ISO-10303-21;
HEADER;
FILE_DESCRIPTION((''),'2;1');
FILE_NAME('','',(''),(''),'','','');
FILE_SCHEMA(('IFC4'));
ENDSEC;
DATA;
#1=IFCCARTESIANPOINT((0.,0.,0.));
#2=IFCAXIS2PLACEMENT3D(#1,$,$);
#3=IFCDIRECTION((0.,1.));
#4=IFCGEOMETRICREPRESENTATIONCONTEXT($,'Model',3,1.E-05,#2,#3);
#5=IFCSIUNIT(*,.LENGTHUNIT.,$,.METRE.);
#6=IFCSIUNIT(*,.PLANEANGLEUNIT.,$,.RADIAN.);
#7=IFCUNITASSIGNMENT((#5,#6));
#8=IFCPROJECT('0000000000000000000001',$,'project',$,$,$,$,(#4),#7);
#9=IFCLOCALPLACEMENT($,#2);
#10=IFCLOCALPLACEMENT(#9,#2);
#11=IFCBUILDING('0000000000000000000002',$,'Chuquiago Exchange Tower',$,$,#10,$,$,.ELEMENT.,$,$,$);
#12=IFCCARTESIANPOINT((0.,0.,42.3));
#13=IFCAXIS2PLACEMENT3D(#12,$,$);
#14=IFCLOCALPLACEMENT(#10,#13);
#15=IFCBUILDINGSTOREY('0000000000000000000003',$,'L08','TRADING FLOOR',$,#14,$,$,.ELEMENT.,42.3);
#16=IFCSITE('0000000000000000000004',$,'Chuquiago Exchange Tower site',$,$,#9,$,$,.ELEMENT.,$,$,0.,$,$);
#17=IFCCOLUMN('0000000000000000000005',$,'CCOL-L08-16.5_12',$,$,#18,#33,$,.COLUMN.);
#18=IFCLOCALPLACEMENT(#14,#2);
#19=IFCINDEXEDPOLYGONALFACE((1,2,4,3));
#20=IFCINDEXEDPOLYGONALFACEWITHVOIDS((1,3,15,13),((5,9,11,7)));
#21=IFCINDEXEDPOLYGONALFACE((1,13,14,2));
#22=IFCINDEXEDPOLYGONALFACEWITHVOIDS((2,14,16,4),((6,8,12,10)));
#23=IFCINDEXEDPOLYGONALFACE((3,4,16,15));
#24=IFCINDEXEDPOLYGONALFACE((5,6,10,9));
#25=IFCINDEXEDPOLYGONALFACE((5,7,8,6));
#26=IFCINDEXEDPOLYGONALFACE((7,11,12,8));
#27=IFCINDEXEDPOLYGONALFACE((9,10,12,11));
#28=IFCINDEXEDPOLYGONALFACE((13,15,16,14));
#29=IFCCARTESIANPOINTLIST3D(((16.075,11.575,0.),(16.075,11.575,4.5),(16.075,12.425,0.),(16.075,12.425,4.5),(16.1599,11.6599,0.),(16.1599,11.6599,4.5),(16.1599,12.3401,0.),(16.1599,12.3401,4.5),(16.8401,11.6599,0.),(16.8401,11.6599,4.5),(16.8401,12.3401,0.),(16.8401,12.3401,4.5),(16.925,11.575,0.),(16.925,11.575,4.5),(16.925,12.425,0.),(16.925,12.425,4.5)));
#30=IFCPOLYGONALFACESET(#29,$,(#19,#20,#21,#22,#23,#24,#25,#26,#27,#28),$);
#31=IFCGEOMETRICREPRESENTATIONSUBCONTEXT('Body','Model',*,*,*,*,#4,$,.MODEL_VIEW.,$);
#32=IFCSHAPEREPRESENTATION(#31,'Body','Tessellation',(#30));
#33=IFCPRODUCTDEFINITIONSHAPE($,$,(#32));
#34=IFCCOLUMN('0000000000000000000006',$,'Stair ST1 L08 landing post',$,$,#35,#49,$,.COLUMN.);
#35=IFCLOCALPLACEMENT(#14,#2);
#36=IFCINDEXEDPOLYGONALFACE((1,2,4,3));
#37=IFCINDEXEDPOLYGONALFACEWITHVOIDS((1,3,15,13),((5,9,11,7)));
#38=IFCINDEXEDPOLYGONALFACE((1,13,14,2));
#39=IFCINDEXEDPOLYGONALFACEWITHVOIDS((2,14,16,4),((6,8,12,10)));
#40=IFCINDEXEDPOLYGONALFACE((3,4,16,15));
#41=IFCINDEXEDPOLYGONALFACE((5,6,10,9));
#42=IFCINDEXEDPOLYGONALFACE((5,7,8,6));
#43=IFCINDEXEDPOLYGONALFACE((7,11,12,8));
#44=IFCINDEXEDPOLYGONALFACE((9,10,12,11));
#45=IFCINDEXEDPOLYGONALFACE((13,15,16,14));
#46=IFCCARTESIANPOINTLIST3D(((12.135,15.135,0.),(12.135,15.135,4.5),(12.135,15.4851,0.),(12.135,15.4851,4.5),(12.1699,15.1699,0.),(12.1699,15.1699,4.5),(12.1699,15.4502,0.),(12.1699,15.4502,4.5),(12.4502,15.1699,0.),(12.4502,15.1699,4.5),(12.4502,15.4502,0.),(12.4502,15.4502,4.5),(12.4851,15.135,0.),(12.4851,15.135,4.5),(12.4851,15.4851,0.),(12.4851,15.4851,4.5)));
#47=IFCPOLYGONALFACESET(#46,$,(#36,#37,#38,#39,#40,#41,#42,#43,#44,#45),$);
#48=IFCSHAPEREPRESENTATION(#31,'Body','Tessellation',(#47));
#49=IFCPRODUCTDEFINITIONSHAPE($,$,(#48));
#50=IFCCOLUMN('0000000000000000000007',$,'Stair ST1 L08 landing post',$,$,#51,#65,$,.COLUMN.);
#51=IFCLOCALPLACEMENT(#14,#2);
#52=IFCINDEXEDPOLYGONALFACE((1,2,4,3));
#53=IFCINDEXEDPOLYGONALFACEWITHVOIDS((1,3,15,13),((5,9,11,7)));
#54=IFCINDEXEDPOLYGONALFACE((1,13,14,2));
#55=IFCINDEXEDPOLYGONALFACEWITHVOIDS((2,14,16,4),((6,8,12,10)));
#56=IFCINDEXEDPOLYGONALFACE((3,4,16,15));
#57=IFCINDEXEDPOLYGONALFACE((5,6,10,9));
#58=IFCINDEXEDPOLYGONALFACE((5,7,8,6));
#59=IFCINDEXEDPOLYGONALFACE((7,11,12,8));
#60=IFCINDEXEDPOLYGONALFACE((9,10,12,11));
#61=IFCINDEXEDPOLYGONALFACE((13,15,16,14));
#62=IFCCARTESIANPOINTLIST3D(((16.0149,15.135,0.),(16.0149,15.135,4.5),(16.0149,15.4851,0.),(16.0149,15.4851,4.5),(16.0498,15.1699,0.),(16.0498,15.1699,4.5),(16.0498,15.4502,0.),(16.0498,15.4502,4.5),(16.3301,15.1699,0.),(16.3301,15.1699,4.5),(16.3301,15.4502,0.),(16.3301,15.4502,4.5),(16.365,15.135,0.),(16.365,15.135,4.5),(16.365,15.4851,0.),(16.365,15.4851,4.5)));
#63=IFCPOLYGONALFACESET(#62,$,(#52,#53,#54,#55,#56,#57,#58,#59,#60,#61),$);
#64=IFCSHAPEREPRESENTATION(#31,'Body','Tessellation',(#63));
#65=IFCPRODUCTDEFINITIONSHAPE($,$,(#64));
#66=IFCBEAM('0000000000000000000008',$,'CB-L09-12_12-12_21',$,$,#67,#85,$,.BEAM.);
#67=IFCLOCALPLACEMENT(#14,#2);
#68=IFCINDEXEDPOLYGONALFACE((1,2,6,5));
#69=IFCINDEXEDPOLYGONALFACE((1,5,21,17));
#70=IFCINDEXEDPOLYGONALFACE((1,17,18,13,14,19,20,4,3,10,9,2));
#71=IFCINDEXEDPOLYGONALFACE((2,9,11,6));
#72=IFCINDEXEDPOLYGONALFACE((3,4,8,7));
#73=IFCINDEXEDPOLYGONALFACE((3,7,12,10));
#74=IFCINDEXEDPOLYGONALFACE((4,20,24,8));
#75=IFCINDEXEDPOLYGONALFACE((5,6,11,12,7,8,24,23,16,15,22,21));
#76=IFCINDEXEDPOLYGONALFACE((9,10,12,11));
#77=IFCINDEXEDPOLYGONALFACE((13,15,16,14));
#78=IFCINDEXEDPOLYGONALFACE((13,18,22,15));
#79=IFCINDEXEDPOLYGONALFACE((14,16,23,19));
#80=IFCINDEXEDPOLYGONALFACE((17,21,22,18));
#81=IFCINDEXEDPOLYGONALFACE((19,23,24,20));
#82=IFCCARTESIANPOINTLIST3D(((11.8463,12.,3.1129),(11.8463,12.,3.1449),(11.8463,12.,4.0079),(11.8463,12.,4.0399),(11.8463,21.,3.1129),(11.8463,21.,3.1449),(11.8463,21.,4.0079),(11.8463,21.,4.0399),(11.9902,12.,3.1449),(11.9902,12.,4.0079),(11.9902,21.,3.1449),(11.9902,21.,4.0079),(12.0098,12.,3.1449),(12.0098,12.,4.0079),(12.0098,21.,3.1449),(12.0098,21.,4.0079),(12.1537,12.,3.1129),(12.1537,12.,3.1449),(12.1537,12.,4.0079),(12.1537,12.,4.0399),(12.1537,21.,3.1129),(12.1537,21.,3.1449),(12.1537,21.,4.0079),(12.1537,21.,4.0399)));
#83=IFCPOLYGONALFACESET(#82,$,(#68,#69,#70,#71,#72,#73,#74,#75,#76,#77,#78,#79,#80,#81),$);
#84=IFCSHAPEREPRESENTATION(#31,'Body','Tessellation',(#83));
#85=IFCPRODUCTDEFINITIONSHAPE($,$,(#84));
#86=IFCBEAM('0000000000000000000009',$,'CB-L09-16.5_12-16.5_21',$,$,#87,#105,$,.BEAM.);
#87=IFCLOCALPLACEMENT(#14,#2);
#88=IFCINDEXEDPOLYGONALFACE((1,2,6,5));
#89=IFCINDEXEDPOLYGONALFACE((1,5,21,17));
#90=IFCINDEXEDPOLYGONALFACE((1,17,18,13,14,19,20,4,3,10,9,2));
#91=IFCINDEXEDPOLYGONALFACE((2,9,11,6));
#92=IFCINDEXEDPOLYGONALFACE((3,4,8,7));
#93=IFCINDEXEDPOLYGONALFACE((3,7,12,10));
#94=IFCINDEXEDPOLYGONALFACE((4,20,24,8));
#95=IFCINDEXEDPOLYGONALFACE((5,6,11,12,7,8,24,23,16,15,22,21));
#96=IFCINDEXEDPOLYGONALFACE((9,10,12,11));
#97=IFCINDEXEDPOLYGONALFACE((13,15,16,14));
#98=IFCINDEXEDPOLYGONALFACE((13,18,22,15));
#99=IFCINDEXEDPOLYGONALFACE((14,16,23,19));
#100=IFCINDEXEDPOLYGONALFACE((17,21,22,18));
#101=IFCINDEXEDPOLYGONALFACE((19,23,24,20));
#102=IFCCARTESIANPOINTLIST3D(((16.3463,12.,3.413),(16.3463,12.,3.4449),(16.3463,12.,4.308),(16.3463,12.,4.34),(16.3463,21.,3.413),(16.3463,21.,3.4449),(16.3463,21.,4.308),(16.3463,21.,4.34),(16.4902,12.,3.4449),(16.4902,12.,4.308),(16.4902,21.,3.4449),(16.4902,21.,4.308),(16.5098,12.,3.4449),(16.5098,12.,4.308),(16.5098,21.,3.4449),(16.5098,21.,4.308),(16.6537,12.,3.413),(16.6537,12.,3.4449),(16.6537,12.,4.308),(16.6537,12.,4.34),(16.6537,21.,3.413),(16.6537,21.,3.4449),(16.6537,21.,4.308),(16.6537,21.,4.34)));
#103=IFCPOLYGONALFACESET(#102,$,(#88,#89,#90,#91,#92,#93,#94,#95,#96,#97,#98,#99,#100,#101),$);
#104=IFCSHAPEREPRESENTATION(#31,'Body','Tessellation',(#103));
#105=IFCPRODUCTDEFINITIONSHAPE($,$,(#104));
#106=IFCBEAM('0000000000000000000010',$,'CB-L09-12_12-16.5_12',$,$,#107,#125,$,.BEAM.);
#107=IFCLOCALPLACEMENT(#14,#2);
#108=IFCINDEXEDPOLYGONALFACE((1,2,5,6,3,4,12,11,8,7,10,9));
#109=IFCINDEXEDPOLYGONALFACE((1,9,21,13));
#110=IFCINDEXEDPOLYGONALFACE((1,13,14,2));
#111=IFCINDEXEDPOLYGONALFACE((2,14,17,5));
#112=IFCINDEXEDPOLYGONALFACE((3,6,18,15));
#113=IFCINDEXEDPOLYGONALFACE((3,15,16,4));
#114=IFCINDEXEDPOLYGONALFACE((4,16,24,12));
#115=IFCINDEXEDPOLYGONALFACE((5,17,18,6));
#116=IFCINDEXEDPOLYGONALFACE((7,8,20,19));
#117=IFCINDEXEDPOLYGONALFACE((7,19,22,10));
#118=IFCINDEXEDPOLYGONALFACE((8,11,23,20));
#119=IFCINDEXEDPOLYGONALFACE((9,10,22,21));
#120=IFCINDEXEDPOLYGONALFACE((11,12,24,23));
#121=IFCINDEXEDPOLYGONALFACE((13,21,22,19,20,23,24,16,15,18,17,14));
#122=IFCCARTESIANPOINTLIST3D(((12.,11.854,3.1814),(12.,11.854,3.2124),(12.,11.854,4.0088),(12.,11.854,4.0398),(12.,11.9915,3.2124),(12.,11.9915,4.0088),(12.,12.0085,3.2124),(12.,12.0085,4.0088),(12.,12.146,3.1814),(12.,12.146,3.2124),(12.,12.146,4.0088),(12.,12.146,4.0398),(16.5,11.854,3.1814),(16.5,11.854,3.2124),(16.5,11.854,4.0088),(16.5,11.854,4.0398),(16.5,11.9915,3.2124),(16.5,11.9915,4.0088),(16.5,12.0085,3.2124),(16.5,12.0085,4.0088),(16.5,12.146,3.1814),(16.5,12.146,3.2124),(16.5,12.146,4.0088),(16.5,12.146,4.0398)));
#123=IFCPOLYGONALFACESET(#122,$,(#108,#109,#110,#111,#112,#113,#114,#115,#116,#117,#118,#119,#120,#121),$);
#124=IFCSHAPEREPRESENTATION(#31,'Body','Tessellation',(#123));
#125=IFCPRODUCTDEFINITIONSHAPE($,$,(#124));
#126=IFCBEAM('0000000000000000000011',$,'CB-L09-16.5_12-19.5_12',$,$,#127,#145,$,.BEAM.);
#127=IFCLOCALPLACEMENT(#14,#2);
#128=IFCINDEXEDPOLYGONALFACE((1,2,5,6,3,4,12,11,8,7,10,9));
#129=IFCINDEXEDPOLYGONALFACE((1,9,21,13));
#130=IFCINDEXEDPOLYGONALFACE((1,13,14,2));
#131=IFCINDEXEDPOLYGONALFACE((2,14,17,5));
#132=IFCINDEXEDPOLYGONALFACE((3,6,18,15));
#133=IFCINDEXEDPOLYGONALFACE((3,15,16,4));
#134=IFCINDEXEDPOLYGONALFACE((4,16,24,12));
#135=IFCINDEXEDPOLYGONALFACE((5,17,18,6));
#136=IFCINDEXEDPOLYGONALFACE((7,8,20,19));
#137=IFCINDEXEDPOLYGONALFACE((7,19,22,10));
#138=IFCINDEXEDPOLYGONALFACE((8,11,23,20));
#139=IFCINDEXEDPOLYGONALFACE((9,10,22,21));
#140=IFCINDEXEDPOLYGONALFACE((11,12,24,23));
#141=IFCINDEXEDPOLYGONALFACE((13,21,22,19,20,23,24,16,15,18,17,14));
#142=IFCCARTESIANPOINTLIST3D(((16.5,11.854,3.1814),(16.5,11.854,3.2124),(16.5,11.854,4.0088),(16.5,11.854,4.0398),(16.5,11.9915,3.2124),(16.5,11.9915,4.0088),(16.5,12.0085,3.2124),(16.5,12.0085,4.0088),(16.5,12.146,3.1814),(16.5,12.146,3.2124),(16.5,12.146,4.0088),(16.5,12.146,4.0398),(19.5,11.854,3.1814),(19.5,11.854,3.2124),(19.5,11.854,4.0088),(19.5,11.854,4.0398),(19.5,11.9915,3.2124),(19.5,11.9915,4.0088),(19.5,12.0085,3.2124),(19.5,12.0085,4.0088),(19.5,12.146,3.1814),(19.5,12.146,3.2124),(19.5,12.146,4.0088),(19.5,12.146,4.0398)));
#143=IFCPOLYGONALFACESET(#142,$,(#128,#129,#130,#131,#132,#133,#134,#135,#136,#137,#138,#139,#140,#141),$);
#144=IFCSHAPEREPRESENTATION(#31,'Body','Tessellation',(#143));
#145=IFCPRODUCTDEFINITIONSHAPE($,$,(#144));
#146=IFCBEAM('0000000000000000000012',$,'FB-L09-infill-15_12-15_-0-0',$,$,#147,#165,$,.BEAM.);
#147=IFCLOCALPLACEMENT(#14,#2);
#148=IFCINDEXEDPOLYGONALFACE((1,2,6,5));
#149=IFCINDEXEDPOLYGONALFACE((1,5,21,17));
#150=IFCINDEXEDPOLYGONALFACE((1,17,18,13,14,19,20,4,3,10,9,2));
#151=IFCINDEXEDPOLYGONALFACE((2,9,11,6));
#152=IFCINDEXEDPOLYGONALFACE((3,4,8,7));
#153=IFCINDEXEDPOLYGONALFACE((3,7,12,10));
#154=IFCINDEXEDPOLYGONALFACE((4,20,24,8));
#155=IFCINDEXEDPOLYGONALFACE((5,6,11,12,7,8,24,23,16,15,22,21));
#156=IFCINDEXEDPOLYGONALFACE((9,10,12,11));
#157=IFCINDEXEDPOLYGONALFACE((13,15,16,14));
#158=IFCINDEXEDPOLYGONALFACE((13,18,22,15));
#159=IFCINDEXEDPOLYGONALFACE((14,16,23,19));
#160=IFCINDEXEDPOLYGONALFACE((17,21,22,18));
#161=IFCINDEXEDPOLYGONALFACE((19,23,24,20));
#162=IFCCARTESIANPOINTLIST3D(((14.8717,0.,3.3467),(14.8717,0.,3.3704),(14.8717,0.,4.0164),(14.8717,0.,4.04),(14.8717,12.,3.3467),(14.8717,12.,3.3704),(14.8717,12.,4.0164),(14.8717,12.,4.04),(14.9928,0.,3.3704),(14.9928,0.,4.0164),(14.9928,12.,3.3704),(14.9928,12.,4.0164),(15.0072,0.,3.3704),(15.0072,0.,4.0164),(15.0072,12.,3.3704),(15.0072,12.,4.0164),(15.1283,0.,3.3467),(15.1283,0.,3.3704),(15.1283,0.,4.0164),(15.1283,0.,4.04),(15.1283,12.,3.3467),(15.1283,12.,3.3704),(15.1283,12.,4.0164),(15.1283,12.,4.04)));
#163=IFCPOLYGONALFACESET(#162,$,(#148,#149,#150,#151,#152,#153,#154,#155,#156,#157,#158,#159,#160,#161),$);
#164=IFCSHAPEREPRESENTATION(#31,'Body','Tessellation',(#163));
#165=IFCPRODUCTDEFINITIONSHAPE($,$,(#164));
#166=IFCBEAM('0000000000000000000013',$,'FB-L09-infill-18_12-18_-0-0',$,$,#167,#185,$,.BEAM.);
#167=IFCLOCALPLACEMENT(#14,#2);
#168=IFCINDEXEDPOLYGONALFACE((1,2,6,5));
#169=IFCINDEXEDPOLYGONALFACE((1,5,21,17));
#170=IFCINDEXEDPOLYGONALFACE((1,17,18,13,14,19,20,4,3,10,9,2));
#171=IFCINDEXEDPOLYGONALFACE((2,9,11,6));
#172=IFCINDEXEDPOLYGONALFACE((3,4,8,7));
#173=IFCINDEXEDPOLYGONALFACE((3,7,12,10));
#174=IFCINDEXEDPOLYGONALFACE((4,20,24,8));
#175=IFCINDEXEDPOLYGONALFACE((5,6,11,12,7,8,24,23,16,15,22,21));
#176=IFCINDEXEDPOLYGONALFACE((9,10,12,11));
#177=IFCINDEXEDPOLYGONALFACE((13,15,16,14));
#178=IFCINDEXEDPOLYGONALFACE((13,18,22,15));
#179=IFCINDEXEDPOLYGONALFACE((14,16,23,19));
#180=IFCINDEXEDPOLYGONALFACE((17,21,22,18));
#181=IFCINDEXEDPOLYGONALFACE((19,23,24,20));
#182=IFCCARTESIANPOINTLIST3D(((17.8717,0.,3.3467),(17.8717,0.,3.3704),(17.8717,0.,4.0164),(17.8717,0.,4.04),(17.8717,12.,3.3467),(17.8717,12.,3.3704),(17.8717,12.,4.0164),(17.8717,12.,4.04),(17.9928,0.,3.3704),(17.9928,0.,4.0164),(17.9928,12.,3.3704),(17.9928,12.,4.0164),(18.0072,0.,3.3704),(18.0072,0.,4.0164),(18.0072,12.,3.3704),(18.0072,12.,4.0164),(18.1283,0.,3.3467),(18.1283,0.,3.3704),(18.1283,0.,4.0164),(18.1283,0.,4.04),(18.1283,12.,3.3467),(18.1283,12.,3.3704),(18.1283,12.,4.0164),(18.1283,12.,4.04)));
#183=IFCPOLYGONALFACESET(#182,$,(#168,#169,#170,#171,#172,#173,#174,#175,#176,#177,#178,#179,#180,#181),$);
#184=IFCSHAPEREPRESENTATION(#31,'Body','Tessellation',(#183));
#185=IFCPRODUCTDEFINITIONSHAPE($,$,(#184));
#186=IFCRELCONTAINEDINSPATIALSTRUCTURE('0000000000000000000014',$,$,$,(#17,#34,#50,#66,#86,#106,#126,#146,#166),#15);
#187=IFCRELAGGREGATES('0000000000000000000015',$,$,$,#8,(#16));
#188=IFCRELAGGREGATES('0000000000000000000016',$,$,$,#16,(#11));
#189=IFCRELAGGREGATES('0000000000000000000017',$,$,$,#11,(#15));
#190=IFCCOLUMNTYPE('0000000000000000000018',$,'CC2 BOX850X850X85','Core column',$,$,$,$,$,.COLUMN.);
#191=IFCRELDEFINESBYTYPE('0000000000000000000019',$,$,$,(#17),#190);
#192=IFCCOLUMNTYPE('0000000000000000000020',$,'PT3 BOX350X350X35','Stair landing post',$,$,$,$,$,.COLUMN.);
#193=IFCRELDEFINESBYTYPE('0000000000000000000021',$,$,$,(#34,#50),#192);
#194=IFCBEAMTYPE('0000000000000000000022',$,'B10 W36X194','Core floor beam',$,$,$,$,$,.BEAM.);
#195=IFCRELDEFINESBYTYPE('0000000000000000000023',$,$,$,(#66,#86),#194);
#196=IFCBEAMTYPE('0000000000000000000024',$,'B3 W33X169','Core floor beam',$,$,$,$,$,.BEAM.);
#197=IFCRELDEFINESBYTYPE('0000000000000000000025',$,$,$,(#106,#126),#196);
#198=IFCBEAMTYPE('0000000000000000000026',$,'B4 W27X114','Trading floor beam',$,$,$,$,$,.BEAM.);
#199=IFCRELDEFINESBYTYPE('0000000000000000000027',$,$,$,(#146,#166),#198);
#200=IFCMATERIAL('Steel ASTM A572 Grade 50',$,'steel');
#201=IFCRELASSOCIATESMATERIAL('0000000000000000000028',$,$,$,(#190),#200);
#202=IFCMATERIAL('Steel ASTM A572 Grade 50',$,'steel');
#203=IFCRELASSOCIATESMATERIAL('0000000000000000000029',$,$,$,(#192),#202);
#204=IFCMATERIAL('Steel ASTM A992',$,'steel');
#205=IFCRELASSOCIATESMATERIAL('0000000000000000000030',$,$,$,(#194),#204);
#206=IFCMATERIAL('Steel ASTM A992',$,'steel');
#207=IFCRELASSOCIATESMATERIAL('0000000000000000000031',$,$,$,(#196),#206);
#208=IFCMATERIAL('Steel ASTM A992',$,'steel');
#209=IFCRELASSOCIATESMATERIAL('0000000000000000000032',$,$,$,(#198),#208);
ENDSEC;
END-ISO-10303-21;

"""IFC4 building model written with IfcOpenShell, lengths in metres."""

from ifc_helpers import new_model, si_unit, direction, frame, origin, origin_2d, place, context, subcontext, project, spatial, hollow_rectangle, i_section, extrude, material, material_profile, profile_set, type_object, element, save


model = new_model("IFC4")

# Units and contexts
model_context = context("Model", 3, precision=1e-05, world=origin(), true_north=direction((0.0, 1.0)))
body_context = subcontext(model_context, "Body", "Model", "MODEL_VIEW")
ifc_project = project(units=[si_unit("LENGTHUNIT", "METRE"), si_unit("PLANEANGLEUNIT", "RADIAN")], contexts=[model_context])

# Site, building, storey
site_placement = place(None, origin())
site = spatial("IfcSite", under=ifc_project, at=site_placement, Name="Chuquiago Exchange Tower site", CompositionType="ELEMENT", RefElevation=0.0)
building_placement = place(site_placement, origin())
building = spatial("IfcBuilding", under=site, at=building_placement, Name="Chuquiago Exchange Tower", CompositionType="ELEMENT")
storey_placement = place(building_placement, frame((0.0, 0.0, 42.3)))
storey = spatial("IfcBuildingStorey", under=building, at=storey_placement, Name="L08", Description="TRADING FLOOR", CompositionType="ELEMENT", Elevation=42.3)

# Columns
ifc_material_1 = material(Name="Steel ASTM A572 Grade 50", Category="steel")
ifc_material_profile_1 = material_profile(ifc_material_1, hollow_rectangle(XDim=0.8501, YDim=0.8501, WallThickness=0.085, at=origin_2d()), Name="BOX850X850X85")
ifc_profile_set_1 = profile_set([ifc_material_profile_1], Name="Steel ASTM A572 Grade 50")
column_type_1 = type_object("IfcColumnType", Name="CC2 BOX850X850X85", Description="Core column", PredefinedType="COLUMN", material=ifc_profile_set_1)
column_placement = place(storey_placement, frame((16.5, 12.0, 0.0), z_axis=(0.0, 0.0, 1.0), x_axis=(1.0, 0.0, 0.0)))
element("IfcColumn", 1, at=column_placement, inside=storey, type_object=column_type_1, Name="CCOL-L08-16.5_12", PredefinedType="COLUMN", context=body_context, shape_type="SweptSolid", body=[
    extrude(hollow_rectangle(XDim=0.8501, YDim=0.8501, WallThickness=0.085, at=origin_2d()), origin(), (0.0, 0.0, 1.0), 4.5),
])
ifc_material_2 = material(Name="Steel ASTM A572 Grade 50", Category="steel")
ifc_material_profile_2 = material_profile(ifc_material_2, hollow_rectangle(XDim=0.3501, YDim=0.3501, WallThickness=0.0349, at=origin_2d()), Name="BOX350X350X35")
ifc_profile_set_2 = profile_set([ifc_material_profile_2], Name="Steel ASTM A572 Grade 50")
column_type_2 = type_object("IfcColumnType", Name="PT3 BOX350X350X35", Description="Stair landing post", PredefinedType="COLUMN", material=ifc_profile_set_2)
for number, where, z_axis, x_axis, name in (
    (2, (12.3101, 15.3101, 0.0), (0.0, 0.0, 1.0), (1.0, 0.0, 0.0), "Stair ST1 L08 landing post"),
    (3, (16.1899, 15.3101, 0.0), (0.0, 0.0, 1.0), (1.0, 0.0, 0.0), "Stair ST1 L08 landing post"),
):
    element("IfcColumn", number, at=place(storey_placement, frame(where, z_axis=z_axis, x_axis=x_axis)), inside=storey, type_object=column_type_2, Name=name, PredefinedType="COLUMN", context=body_context, shape_type="SweptSolid", body=[
        extrude(hollow_rectangle(XDim=0.3501, YDim=0.3501, WallThickness=0.0349, at=origin_2d()), origin(), (0.0, 0.0, 1.0), 4.5),
    ])

# Beams
ifc_material_3 = material(Name="Steel ASTM A992", Category="steel")
ifc_material_profile_3 = material_profile(ifc_material_3, i_section(OverallWidth=0.3074, OverallDepth=0.927, WebThickness=0.0195, FlangeThickness=0.032, at=origin_2d()), Name="W36X194")
ifc_profile_set_3 = profile_set([ifc_material_profile_3], Name="Steel ASTM A992")
beam_type_1 = type_object("IfcBeamType", Name="B10 W36X194", Description="Core floor beam", PredefinedType="BEAM", material=ifc_profile_set_3)
for number, where, z_axis, x_axis, name in (
    (4, (12.0, 12.0, 3.5764), (0.0, 1.0, 0.0), (-1.0, 0.0, 0.0), "CB-L09-12_12-12_21"),
    (5, (16.5, 12.0, 3.8765), (0.0, 1.0, 0.0), (-1.0, 0.0, 0.0), "CB-L09-16.5_12-16.5_21"),
):
    element("IfcBeam", number, at=place(storey_placement, frame(where, z_axis=z_axis, x_axis=x_axis)), inside=storey, type_object=beam_type_1, Name=name, PredefinedType="BEAM", context=body_context, shape_type="SweptSolid", body=[
        extrude(i_section(OverallWidth=0.3074, OverallDepth=0.927, WebThickness=0.0195, FlangeThickness=0.032, at=origin_2d()), origin(), (0.0, 0.0, 1.0), 9.0),
    ])
ifc_material_4 = material(Name="Steel ASTM A992", Category="steel")
ifc_material_profile_4 = material_profile(ifc_material_4, i_section(OverallWidth=0.292, OverallDepth=0.8584, WebThickness=0.0171, FlangeThickness=0.031, at=origin_2d()), Name="W33X169")
ifc_profile_set_4 = profile_set([ifc_material_profile_4], Name="Steel ASTM A992")
beam_type_2 = type_object("IfcBeamType", Name="B3 W33X169", Description="Core floor beam", PredefinedType="BEAM", material=ifc_profile_set_4)
beam_1_placement = place(storey_placement, frame((12.0, 12.0, 3.6106), z_axis=(1.0, 0.0, 0.0), x_axis=(0.0, 1.0, 0.0)))
element("IfcBeam", 6, at=beam_1_placement, inside=storey, type_object=beam_type_2, Name="CB-L09-12_12-16.5_12", PredefinedType="BEAM", context=body_context, shape_type="SweptSolid", body=[
    extrude(i_section(OverallWidth=0.292, OverallDepth=0.8584, WebThickness=0.0171, FlangeThickness=0.031, at=origin_2d()), origin(), (0.0, 0.0, 1.0), 4.5),
])
beam_2_placement = place(storey_placement, frame((16.5, 12.0, 3.6106), z_axis=(1.0, 0.0, 0.0), x_axis=(0.0, 1.0, 0.0)))
element("IfcBeam", 7, at=beam_2_placement, inside=storey, type_object=beam_type_2, Name="CB-L09-16.5_12-19.5_12", PredefinedType="BEAM", context=body_context, shape_type="SweptSolid", body=[
    extrude(i_section(OverallWidth=0.292, OverallDepth=0.8584, WebThickness=0.0171, FlangeThickness=0.031, at=origin_2d()), origin(), (0.0, 0.0, 1.0), 3.0),
])
ifc_material_5 = material(Name="Steel ASTM A992", Category="steel")
ifc_material_profile_5 = material_profile(ifc_material_5, i_section(OverallWidth=0.2566, OverallDepth=0.6934, WebThickness=0.0144, FlangeThickness=0.0237, at=origin_2d()), Name="W27X114")
ifc_profile_set_5 = profile_set([ifc_material_profile_5], Name="Steel ASTM A992")
beam_type_3 = type_object("IfcBeamType", Name="B4 W27X114", Description="Trading floor beam", PredefinedType="BEAM", material=ifc_profile_set_5)
for number, where, z_axis, x_axis, name in (
    (8, (15.0, 12.0, 3.6934), (0.0, -1.0, 0.0), (1.0, 0.0, 0.0), "FB-L09-infill-15_12-15_-0-0"),
    (9, (18.0, 12.0, 3.6934), (0.0, -1.0, 0.0), (1.0, 0.0, 0.0), "FB-L09-infill-18_12-18_-0-0"),
):
    element("IfcBeam", number, at=place(storey_placement, frame(where, z_axis=z_axis, x_axis=x_axis)), inside=storey, type_object=beam_type_3, Name=name, PredefinedType="BEAM", context=body_context, shape_type="SweptSolid", body=[
        extrude(i_section(OverallWidth=0.2566, OverallDepth=0.6934, WebThickness=0.0144, FlangeThickness=0.0237, at=origin_2d()), origin(), (0.0, 0.0, 1.0), 12.0),
    ])

save(model, "model.ifc")
